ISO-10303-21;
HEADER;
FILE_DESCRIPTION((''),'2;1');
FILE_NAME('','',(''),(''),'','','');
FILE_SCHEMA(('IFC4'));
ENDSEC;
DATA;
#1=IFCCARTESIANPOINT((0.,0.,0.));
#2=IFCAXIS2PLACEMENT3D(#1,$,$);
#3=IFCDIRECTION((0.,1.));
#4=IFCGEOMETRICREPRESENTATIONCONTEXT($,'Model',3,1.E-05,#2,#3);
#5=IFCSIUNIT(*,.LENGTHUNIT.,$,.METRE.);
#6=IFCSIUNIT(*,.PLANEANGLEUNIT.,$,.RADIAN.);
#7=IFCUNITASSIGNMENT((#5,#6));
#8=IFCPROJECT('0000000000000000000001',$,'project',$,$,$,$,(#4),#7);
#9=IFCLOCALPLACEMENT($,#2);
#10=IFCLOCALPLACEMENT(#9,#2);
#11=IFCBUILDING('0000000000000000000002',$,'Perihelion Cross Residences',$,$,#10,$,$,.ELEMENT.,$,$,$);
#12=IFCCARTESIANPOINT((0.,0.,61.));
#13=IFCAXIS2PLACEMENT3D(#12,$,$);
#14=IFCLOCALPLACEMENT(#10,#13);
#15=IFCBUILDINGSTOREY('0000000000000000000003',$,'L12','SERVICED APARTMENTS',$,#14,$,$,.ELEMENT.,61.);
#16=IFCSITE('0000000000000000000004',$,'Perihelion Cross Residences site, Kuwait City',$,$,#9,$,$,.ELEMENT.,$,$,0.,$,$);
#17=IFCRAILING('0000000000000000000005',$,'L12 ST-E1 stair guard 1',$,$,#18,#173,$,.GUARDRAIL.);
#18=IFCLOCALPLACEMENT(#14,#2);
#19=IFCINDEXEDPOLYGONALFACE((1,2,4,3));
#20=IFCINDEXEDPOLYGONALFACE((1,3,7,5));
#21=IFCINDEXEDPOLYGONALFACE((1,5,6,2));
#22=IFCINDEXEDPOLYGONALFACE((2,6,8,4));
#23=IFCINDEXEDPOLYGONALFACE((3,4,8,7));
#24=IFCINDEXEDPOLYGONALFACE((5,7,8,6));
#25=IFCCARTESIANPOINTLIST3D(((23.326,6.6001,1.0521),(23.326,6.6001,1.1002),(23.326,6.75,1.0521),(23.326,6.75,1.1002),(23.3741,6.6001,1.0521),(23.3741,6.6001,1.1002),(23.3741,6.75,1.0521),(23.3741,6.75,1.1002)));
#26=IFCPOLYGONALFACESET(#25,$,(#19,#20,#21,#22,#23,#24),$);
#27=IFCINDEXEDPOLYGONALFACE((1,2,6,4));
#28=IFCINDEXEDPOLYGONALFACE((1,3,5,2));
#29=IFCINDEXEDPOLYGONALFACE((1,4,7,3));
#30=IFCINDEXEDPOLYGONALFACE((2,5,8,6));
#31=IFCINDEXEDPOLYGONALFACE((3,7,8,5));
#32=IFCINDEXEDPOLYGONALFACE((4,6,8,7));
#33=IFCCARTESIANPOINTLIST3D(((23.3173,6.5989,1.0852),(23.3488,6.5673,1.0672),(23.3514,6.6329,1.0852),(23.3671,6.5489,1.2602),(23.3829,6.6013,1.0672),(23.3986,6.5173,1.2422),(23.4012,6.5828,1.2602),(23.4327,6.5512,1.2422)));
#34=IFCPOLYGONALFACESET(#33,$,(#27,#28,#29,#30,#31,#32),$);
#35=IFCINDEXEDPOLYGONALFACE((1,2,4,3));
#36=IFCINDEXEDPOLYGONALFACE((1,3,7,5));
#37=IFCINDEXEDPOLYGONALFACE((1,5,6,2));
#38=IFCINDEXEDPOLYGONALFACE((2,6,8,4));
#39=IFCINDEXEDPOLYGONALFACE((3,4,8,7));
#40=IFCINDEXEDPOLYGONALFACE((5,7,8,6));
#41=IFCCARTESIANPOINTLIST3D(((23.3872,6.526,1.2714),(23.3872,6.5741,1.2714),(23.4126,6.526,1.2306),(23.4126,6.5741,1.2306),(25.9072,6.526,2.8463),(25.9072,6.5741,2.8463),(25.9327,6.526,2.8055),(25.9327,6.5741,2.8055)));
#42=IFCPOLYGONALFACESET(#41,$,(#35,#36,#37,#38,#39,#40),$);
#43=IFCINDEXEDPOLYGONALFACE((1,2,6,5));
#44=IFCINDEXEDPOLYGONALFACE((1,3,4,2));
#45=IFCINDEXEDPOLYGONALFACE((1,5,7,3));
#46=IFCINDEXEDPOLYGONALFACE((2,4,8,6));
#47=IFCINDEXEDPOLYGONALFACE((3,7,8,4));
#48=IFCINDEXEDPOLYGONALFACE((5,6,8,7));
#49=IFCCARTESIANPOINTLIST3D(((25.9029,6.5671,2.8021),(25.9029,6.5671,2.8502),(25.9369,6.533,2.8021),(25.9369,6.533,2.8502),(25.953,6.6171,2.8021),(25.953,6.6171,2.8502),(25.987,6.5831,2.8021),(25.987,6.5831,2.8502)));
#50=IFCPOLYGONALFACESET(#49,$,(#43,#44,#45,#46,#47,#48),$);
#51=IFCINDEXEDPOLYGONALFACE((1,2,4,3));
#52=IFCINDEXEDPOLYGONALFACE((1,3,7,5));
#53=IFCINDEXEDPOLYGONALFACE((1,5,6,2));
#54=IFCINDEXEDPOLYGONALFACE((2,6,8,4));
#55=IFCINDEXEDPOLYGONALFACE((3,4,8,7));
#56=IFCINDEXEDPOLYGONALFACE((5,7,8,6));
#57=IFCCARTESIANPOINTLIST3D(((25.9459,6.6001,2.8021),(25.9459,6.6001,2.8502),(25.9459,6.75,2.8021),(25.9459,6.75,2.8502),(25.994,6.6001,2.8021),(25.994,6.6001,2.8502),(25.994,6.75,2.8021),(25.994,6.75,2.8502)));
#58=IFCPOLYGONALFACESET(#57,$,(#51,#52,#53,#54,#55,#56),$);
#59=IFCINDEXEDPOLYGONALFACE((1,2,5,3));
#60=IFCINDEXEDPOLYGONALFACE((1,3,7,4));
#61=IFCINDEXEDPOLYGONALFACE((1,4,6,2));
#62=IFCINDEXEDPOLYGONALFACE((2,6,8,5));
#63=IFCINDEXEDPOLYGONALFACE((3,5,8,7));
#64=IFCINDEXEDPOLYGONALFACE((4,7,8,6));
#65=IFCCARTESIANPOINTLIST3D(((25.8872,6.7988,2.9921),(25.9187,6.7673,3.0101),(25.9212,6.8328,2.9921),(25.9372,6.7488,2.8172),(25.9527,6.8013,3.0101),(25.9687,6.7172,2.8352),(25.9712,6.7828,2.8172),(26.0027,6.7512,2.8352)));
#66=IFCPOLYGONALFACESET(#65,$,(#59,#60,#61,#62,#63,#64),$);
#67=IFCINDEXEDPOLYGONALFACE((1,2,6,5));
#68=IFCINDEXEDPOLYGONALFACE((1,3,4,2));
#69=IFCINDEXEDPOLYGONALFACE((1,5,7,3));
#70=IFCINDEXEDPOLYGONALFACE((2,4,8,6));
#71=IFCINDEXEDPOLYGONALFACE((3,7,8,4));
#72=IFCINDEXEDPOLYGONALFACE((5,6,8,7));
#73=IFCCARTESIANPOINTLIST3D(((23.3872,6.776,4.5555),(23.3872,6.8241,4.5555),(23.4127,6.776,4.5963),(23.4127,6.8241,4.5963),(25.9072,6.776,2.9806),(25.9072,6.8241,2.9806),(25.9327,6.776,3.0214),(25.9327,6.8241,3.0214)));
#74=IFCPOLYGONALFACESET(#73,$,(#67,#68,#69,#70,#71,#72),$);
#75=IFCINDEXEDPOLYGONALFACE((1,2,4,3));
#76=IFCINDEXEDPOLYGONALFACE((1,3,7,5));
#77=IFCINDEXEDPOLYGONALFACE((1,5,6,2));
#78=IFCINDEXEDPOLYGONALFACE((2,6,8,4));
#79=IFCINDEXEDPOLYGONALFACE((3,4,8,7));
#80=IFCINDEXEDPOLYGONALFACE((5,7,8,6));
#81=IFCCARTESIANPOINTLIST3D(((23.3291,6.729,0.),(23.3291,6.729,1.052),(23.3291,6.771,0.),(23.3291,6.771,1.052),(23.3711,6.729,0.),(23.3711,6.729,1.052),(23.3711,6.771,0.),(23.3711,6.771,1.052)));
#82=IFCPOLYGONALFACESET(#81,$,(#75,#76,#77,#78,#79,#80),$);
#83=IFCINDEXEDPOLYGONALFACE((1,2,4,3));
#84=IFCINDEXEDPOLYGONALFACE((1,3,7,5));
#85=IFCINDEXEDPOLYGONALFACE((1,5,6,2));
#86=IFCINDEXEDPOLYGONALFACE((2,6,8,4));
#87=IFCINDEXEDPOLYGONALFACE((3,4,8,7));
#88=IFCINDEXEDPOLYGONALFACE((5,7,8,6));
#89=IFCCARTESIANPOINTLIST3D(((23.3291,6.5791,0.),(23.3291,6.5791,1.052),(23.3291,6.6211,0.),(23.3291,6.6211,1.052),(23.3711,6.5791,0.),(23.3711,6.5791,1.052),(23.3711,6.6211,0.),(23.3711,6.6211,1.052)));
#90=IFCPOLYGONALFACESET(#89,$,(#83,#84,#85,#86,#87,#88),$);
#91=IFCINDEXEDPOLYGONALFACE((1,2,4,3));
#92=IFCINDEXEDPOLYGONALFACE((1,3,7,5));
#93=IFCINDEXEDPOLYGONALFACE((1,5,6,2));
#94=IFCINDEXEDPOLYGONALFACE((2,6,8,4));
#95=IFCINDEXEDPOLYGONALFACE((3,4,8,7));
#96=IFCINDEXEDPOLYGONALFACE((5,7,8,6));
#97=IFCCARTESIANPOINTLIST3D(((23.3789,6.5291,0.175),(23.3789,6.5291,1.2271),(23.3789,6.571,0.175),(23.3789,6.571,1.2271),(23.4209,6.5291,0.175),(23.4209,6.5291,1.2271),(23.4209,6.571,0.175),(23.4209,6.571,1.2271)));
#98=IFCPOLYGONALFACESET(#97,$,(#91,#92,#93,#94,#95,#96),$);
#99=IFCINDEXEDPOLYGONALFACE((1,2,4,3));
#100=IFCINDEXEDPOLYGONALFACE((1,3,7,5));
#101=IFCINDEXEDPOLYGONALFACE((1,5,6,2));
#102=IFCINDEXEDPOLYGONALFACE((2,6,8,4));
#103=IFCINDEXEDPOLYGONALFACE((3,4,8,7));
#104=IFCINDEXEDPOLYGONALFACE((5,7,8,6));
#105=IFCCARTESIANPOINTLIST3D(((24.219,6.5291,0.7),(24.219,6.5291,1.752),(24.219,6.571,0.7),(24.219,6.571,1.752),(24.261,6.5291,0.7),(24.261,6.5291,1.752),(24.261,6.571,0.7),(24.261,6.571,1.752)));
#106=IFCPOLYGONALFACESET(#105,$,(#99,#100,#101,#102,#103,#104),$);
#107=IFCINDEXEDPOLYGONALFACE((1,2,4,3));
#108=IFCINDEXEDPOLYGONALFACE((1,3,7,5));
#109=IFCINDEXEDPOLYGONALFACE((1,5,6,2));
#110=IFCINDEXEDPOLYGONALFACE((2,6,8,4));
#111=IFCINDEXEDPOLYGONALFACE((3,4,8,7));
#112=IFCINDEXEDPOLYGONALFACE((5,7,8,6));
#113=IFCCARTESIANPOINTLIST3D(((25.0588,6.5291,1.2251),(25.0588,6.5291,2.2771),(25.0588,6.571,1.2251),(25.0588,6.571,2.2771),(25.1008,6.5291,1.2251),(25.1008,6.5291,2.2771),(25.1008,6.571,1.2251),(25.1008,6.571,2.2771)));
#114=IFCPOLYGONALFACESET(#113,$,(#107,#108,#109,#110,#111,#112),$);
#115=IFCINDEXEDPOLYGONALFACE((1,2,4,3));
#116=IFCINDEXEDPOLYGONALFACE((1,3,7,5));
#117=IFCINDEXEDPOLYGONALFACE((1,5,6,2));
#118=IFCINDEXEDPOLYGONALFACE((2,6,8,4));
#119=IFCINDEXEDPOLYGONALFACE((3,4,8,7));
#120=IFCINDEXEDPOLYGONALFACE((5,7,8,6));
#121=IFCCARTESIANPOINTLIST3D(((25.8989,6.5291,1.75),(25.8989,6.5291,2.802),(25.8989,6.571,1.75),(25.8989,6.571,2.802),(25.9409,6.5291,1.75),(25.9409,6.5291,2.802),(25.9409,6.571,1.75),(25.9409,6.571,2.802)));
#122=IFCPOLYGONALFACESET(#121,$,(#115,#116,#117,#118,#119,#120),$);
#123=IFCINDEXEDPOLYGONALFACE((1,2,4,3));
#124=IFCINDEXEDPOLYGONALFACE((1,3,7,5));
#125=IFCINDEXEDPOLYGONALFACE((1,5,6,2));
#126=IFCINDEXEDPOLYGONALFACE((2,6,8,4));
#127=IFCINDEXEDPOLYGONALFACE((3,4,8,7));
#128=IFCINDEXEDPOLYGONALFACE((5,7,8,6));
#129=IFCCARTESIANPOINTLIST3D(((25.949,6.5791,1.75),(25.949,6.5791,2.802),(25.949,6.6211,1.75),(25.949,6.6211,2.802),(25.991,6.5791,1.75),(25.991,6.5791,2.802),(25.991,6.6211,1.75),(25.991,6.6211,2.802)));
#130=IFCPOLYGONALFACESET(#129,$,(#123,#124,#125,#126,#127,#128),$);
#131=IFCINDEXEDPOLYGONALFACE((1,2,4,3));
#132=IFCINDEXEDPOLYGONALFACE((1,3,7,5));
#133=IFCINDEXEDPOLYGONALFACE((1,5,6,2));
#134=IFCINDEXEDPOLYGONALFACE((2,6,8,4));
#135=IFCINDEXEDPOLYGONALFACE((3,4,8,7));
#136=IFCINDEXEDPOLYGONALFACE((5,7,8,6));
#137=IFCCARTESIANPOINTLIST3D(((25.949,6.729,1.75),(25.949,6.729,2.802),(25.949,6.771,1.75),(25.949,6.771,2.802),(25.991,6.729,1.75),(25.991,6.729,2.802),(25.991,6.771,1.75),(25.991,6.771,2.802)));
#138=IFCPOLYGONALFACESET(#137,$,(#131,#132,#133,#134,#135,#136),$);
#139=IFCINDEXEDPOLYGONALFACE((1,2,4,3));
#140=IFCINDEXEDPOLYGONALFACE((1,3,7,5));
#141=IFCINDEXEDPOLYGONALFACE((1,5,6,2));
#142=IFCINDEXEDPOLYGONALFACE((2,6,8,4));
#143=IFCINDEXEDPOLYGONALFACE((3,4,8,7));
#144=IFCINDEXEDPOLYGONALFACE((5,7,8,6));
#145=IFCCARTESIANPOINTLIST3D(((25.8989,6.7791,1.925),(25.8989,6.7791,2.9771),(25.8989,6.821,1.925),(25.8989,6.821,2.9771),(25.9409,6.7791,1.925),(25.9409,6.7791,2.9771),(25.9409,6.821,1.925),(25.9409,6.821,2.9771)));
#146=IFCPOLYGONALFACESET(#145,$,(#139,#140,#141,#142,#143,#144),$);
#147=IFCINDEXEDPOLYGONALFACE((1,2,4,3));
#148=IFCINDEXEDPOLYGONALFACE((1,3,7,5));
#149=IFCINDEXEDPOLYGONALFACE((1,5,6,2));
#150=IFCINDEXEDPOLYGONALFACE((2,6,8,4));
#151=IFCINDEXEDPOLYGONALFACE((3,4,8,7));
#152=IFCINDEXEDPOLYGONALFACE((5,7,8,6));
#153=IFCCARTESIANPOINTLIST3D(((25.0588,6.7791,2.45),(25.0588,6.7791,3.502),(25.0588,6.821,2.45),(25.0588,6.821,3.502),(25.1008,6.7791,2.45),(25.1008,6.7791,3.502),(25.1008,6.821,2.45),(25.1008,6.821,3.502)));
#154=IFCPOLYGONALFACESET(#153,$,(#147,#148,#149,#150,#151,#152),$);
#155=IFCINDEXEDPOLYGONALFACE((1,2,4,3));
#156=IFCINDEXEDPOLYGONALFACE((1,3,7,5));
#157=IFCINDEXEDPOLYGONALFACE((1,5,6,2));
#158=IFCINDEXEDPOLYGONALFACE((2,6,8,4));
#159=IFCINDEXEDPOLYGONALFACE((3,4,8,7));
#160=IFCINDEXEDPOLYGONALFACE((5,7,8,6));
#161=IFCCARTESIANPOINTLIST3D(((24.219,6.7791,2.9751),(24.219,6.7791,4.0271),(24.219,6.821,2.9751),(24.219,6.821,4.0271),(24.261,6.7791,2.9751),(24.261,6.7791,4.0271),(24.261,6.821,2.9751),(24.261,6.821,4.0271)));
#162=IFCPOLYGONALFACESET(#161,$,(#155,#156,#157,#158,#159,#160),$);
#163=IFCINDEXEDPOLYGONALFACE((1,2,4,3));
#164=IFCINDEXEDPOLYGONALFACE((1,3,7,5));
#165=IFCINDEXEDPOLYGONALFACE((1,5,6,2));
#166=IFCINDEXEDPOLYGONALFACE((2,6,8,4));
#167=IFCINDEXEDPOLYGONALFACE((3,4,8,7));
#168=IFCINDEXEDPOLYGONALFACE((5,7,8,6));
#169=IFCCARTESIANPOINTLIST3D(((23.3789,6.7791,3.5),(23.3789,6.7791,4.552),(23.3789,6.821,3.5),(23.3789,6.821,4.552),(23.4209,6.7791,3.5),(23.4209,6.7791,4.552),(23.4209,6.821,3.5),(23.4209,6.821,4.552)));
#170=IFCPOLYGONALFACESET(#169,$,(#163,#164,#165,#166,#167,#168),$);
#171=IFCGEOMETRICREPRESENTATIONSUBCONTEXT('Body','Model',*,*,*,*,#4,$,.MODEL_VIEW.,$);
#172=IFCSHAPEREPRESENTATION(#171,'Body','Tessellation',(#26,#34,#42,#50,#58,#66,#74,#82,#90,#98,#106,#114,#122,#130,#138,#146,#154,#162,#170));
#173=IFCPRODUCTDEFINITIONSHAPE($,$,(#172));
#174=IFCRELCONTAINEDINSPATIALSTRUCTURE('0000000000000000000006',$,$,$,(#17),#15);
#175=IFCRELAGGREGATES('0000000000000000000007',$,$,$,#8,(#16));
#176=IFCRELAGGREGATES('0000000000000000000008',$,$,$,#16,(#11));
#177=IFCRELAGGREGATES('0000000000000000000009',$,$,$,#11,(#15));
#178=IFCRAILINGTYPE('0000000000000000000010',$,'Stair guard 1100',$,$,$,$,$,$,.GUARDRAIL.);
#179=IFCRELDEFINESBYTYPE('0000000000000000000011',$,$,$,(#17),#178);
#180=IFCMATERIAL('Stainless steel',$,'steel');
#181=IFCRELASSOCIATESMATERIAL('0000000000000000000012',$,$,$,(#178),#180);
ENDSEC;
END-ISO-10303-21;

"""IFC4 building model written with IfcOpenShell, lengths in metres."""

from ifc_helpers import new_model, si_unit, direction, frame, origin, origin_2d, place, context, subcontext, project, spatial, rectangle, extrude, material, type_object, element, save


model = new_model("IFC4")

# Units and contexts
model_context = context("Model", 3, precision=1e-05, world=origin(), true_north=direction((0.0, 1.0)))
body_context = subcontext(model_context, "Body", "Model", "MODEL_VIEW")
ifc_project = project(units=[si_unit("LENGTHUNIT", "METRE"), si_unit("PLANEANGLEUNIT", "RADIAN")], contexts=[model_context])

# Site, building, storey
site_placement = place(None, origin())
site = spatial("IfcSite", under=ifc_project, at=site_placement, Name="Perihelion Cross Residences site, Kuwait City", CompositionType="ELEMENT", RefElevation=0.0)
building_placement = place(site_placement, origin())
building = spatial("IfcBuilding", under=site, at=building_placement, Name="Perihelion Cross Residences", CompositionType="ELEMENT")
storey_placement = place(building_placement, frame((0.0, 0.0, 61.0)))
storey = spatial("IfcBuildingStorey", under=building, at=storey_placement, Name="L12", Description="SERVICED APARTMENTS", CompositionType="ELEMENT", Elevation=61.0)

# Railing
ifc_material_1 = material(Name="Stainless steel", Category="steel")
railing_type_1 = type_object("IfcRailingType", Name="Stair guard 1100", PredefinedType="GUARDRAIL", material=ifc_material_1)
railing_1_placement = place(storey_placement, frame((23.3501, 6.75, 0.0)))
element("IfcRailing", 1, at=railing_1_placement, inside=storey, type_object=railing_type_1, Name="L12 ST-E1 stair guard 1", PredefinedType="GUARDRAIL", context=body_context, shape_type="SweptSolid", body=[
    extrude(rectangle(XDim=0.0481, YDim=0.0481, at=origin_2d()), frame((0.0, 0.0, 1.0762), z_axis=(0.0, -1.0, 0.0), x_axis=(1.0, 0.0, 0.0)), (0.0, 0.0, 1.0), 0.1499),
    extrude(rectangle(XDim=0.0481, YDim=0.0481, at=origin_2d()), frame((0.0, -0.1499, 1.0762), z_axis=(0.263862, -0.265156, 0.927399), x_axis=(0.708834, 0.705376, 0.0)), (0.0, 0.0, 1.0), 0.1887),
    extrude(rectangle(XDim=0.0481, YDim=0.0481, at=origin_2d()), frame((0.0498, -0.2, 1.251), z_axis=(0.848008, 0.0, 0.529984), x_axis=(0.0, 1.0, 0.0)), (0.0, 0.0, 1.0), 2.9717),
    extrude(rectangle(XDim=0.0481, YDim=0.0481, at=origin_2d()), frame((2.5698, -0.2, 2.8262), z_axis=(0.707107, 0.707107, 0.0), x_axis=(-0.707107, 0.707107, 0.0)), (0.0, 0.0, 1.0), 0.0708),
    extrude(rectangle(XDim=0.0481, YDim=0.0481, at=origin_2d()), frame((2.6199, -0.1499, 2.8262), z_axis=(0.0, 1.0, 0.0), x_axis=(-1.0, 0.0, 0.0)), (0.0, 0.0, 1.0), 0.1499),
    extrude(rectangle(XDim=0.0481, YDim=0.0481, at=origin_2d()), frame((2.6199, 0.0, 2.8262), z_axis=(-0.265065, 0.265065, 0.927082), x_axis=(-0.707107, -0.707107, 0.0)), (0.0, 0.0, 1.0), 0.1887),
    extrude(rectangle(XDim=0.0481, YDim=0.0481, at=origin_2d()), frame((2.5698, 0.05, 3.001), z_axis=(-0.848008, 0.0, 0.529984), x_axis=(0.0, -1.0, 0.0)), (0.0, 0.0, 1.0), 2.9717),
    extrude(rectangle(XDim=0.042, YDim=0.042, at=origin_2d()), origin(), (0.0, 0.0, 1.0), 1.052),
    extrude(rectangle(XDim=0.042, YDim=0.042, at=origin_2d()), frame((0.0, -0.1499, 0.0)), (0.0, 0.0, 1.0), 1.052),
    extrude(rectangle(XDim=0.042, YDim=0.042, at=origin_2d()), frame((0.0498, -0.2, 0.175)), (0.0, 0.0, 1.0), 1.052),
    extrude(rectangle(XDim=0.042, YDim=0.042, at=origin_2d()), frame((0.8899, -0.2, 0.7)), (0.0, 0.0, 1.0), 1.052),
    extrude(rectangle(XDim=0.042, YDim=0.042, at=origin_2d()), frame((1.7297, -0.2, 1.2251)), (0.0, 0.0, 1.0), 1.052),
    extrude(rectangle(XDim=0.042, YDim=0.042, at=origin_2d()), frame((2.5698, -0.2, 1.75)), (0.0, 0.0, 1.0), 1.052),
    extrude(rectangle(XDim=0.042, YDim=0.042, at=origin_2d()), frame((2.6199, -0.1499, 1.75)), (0.0, 0.0, 1.0), 1.052),
    extrude(rectangle(XDim=0.042, YDim=0.042, at=origin_2d()), frame((2.6199, 0.0, 1.75)), (0.0, 0.0, 1.0), 1.052),
    extrude(rectangle(XDim=0.042, YDim=0.042, at=origin_2d()), frame((2.5698, 0.05, 1.925)), (0.0, 0.0, 1.0), 1.052),
    extrude(rectangle(XDim=0.042, YDim=0.042, at=origin_2d()), frame((1.7297, 0.05, 2.45)), (0.0, 0.0, 1.0), 1.052),
    extrude(rectangle(XDim=0.042, YDim=0.042, at=origin_2d()), frame((0.8899, 0.05, 2.9751)), (0.0, 0.0, 1.0), 1.052),
    extrude(rectangle(XDim=0.042, YDim=0.042, at=origin_2d()), frame((0.0498, 0.05, 3.5)), (0.0, 0.0, 1.0), 1.052),
])

save(model, "model.ifc")
